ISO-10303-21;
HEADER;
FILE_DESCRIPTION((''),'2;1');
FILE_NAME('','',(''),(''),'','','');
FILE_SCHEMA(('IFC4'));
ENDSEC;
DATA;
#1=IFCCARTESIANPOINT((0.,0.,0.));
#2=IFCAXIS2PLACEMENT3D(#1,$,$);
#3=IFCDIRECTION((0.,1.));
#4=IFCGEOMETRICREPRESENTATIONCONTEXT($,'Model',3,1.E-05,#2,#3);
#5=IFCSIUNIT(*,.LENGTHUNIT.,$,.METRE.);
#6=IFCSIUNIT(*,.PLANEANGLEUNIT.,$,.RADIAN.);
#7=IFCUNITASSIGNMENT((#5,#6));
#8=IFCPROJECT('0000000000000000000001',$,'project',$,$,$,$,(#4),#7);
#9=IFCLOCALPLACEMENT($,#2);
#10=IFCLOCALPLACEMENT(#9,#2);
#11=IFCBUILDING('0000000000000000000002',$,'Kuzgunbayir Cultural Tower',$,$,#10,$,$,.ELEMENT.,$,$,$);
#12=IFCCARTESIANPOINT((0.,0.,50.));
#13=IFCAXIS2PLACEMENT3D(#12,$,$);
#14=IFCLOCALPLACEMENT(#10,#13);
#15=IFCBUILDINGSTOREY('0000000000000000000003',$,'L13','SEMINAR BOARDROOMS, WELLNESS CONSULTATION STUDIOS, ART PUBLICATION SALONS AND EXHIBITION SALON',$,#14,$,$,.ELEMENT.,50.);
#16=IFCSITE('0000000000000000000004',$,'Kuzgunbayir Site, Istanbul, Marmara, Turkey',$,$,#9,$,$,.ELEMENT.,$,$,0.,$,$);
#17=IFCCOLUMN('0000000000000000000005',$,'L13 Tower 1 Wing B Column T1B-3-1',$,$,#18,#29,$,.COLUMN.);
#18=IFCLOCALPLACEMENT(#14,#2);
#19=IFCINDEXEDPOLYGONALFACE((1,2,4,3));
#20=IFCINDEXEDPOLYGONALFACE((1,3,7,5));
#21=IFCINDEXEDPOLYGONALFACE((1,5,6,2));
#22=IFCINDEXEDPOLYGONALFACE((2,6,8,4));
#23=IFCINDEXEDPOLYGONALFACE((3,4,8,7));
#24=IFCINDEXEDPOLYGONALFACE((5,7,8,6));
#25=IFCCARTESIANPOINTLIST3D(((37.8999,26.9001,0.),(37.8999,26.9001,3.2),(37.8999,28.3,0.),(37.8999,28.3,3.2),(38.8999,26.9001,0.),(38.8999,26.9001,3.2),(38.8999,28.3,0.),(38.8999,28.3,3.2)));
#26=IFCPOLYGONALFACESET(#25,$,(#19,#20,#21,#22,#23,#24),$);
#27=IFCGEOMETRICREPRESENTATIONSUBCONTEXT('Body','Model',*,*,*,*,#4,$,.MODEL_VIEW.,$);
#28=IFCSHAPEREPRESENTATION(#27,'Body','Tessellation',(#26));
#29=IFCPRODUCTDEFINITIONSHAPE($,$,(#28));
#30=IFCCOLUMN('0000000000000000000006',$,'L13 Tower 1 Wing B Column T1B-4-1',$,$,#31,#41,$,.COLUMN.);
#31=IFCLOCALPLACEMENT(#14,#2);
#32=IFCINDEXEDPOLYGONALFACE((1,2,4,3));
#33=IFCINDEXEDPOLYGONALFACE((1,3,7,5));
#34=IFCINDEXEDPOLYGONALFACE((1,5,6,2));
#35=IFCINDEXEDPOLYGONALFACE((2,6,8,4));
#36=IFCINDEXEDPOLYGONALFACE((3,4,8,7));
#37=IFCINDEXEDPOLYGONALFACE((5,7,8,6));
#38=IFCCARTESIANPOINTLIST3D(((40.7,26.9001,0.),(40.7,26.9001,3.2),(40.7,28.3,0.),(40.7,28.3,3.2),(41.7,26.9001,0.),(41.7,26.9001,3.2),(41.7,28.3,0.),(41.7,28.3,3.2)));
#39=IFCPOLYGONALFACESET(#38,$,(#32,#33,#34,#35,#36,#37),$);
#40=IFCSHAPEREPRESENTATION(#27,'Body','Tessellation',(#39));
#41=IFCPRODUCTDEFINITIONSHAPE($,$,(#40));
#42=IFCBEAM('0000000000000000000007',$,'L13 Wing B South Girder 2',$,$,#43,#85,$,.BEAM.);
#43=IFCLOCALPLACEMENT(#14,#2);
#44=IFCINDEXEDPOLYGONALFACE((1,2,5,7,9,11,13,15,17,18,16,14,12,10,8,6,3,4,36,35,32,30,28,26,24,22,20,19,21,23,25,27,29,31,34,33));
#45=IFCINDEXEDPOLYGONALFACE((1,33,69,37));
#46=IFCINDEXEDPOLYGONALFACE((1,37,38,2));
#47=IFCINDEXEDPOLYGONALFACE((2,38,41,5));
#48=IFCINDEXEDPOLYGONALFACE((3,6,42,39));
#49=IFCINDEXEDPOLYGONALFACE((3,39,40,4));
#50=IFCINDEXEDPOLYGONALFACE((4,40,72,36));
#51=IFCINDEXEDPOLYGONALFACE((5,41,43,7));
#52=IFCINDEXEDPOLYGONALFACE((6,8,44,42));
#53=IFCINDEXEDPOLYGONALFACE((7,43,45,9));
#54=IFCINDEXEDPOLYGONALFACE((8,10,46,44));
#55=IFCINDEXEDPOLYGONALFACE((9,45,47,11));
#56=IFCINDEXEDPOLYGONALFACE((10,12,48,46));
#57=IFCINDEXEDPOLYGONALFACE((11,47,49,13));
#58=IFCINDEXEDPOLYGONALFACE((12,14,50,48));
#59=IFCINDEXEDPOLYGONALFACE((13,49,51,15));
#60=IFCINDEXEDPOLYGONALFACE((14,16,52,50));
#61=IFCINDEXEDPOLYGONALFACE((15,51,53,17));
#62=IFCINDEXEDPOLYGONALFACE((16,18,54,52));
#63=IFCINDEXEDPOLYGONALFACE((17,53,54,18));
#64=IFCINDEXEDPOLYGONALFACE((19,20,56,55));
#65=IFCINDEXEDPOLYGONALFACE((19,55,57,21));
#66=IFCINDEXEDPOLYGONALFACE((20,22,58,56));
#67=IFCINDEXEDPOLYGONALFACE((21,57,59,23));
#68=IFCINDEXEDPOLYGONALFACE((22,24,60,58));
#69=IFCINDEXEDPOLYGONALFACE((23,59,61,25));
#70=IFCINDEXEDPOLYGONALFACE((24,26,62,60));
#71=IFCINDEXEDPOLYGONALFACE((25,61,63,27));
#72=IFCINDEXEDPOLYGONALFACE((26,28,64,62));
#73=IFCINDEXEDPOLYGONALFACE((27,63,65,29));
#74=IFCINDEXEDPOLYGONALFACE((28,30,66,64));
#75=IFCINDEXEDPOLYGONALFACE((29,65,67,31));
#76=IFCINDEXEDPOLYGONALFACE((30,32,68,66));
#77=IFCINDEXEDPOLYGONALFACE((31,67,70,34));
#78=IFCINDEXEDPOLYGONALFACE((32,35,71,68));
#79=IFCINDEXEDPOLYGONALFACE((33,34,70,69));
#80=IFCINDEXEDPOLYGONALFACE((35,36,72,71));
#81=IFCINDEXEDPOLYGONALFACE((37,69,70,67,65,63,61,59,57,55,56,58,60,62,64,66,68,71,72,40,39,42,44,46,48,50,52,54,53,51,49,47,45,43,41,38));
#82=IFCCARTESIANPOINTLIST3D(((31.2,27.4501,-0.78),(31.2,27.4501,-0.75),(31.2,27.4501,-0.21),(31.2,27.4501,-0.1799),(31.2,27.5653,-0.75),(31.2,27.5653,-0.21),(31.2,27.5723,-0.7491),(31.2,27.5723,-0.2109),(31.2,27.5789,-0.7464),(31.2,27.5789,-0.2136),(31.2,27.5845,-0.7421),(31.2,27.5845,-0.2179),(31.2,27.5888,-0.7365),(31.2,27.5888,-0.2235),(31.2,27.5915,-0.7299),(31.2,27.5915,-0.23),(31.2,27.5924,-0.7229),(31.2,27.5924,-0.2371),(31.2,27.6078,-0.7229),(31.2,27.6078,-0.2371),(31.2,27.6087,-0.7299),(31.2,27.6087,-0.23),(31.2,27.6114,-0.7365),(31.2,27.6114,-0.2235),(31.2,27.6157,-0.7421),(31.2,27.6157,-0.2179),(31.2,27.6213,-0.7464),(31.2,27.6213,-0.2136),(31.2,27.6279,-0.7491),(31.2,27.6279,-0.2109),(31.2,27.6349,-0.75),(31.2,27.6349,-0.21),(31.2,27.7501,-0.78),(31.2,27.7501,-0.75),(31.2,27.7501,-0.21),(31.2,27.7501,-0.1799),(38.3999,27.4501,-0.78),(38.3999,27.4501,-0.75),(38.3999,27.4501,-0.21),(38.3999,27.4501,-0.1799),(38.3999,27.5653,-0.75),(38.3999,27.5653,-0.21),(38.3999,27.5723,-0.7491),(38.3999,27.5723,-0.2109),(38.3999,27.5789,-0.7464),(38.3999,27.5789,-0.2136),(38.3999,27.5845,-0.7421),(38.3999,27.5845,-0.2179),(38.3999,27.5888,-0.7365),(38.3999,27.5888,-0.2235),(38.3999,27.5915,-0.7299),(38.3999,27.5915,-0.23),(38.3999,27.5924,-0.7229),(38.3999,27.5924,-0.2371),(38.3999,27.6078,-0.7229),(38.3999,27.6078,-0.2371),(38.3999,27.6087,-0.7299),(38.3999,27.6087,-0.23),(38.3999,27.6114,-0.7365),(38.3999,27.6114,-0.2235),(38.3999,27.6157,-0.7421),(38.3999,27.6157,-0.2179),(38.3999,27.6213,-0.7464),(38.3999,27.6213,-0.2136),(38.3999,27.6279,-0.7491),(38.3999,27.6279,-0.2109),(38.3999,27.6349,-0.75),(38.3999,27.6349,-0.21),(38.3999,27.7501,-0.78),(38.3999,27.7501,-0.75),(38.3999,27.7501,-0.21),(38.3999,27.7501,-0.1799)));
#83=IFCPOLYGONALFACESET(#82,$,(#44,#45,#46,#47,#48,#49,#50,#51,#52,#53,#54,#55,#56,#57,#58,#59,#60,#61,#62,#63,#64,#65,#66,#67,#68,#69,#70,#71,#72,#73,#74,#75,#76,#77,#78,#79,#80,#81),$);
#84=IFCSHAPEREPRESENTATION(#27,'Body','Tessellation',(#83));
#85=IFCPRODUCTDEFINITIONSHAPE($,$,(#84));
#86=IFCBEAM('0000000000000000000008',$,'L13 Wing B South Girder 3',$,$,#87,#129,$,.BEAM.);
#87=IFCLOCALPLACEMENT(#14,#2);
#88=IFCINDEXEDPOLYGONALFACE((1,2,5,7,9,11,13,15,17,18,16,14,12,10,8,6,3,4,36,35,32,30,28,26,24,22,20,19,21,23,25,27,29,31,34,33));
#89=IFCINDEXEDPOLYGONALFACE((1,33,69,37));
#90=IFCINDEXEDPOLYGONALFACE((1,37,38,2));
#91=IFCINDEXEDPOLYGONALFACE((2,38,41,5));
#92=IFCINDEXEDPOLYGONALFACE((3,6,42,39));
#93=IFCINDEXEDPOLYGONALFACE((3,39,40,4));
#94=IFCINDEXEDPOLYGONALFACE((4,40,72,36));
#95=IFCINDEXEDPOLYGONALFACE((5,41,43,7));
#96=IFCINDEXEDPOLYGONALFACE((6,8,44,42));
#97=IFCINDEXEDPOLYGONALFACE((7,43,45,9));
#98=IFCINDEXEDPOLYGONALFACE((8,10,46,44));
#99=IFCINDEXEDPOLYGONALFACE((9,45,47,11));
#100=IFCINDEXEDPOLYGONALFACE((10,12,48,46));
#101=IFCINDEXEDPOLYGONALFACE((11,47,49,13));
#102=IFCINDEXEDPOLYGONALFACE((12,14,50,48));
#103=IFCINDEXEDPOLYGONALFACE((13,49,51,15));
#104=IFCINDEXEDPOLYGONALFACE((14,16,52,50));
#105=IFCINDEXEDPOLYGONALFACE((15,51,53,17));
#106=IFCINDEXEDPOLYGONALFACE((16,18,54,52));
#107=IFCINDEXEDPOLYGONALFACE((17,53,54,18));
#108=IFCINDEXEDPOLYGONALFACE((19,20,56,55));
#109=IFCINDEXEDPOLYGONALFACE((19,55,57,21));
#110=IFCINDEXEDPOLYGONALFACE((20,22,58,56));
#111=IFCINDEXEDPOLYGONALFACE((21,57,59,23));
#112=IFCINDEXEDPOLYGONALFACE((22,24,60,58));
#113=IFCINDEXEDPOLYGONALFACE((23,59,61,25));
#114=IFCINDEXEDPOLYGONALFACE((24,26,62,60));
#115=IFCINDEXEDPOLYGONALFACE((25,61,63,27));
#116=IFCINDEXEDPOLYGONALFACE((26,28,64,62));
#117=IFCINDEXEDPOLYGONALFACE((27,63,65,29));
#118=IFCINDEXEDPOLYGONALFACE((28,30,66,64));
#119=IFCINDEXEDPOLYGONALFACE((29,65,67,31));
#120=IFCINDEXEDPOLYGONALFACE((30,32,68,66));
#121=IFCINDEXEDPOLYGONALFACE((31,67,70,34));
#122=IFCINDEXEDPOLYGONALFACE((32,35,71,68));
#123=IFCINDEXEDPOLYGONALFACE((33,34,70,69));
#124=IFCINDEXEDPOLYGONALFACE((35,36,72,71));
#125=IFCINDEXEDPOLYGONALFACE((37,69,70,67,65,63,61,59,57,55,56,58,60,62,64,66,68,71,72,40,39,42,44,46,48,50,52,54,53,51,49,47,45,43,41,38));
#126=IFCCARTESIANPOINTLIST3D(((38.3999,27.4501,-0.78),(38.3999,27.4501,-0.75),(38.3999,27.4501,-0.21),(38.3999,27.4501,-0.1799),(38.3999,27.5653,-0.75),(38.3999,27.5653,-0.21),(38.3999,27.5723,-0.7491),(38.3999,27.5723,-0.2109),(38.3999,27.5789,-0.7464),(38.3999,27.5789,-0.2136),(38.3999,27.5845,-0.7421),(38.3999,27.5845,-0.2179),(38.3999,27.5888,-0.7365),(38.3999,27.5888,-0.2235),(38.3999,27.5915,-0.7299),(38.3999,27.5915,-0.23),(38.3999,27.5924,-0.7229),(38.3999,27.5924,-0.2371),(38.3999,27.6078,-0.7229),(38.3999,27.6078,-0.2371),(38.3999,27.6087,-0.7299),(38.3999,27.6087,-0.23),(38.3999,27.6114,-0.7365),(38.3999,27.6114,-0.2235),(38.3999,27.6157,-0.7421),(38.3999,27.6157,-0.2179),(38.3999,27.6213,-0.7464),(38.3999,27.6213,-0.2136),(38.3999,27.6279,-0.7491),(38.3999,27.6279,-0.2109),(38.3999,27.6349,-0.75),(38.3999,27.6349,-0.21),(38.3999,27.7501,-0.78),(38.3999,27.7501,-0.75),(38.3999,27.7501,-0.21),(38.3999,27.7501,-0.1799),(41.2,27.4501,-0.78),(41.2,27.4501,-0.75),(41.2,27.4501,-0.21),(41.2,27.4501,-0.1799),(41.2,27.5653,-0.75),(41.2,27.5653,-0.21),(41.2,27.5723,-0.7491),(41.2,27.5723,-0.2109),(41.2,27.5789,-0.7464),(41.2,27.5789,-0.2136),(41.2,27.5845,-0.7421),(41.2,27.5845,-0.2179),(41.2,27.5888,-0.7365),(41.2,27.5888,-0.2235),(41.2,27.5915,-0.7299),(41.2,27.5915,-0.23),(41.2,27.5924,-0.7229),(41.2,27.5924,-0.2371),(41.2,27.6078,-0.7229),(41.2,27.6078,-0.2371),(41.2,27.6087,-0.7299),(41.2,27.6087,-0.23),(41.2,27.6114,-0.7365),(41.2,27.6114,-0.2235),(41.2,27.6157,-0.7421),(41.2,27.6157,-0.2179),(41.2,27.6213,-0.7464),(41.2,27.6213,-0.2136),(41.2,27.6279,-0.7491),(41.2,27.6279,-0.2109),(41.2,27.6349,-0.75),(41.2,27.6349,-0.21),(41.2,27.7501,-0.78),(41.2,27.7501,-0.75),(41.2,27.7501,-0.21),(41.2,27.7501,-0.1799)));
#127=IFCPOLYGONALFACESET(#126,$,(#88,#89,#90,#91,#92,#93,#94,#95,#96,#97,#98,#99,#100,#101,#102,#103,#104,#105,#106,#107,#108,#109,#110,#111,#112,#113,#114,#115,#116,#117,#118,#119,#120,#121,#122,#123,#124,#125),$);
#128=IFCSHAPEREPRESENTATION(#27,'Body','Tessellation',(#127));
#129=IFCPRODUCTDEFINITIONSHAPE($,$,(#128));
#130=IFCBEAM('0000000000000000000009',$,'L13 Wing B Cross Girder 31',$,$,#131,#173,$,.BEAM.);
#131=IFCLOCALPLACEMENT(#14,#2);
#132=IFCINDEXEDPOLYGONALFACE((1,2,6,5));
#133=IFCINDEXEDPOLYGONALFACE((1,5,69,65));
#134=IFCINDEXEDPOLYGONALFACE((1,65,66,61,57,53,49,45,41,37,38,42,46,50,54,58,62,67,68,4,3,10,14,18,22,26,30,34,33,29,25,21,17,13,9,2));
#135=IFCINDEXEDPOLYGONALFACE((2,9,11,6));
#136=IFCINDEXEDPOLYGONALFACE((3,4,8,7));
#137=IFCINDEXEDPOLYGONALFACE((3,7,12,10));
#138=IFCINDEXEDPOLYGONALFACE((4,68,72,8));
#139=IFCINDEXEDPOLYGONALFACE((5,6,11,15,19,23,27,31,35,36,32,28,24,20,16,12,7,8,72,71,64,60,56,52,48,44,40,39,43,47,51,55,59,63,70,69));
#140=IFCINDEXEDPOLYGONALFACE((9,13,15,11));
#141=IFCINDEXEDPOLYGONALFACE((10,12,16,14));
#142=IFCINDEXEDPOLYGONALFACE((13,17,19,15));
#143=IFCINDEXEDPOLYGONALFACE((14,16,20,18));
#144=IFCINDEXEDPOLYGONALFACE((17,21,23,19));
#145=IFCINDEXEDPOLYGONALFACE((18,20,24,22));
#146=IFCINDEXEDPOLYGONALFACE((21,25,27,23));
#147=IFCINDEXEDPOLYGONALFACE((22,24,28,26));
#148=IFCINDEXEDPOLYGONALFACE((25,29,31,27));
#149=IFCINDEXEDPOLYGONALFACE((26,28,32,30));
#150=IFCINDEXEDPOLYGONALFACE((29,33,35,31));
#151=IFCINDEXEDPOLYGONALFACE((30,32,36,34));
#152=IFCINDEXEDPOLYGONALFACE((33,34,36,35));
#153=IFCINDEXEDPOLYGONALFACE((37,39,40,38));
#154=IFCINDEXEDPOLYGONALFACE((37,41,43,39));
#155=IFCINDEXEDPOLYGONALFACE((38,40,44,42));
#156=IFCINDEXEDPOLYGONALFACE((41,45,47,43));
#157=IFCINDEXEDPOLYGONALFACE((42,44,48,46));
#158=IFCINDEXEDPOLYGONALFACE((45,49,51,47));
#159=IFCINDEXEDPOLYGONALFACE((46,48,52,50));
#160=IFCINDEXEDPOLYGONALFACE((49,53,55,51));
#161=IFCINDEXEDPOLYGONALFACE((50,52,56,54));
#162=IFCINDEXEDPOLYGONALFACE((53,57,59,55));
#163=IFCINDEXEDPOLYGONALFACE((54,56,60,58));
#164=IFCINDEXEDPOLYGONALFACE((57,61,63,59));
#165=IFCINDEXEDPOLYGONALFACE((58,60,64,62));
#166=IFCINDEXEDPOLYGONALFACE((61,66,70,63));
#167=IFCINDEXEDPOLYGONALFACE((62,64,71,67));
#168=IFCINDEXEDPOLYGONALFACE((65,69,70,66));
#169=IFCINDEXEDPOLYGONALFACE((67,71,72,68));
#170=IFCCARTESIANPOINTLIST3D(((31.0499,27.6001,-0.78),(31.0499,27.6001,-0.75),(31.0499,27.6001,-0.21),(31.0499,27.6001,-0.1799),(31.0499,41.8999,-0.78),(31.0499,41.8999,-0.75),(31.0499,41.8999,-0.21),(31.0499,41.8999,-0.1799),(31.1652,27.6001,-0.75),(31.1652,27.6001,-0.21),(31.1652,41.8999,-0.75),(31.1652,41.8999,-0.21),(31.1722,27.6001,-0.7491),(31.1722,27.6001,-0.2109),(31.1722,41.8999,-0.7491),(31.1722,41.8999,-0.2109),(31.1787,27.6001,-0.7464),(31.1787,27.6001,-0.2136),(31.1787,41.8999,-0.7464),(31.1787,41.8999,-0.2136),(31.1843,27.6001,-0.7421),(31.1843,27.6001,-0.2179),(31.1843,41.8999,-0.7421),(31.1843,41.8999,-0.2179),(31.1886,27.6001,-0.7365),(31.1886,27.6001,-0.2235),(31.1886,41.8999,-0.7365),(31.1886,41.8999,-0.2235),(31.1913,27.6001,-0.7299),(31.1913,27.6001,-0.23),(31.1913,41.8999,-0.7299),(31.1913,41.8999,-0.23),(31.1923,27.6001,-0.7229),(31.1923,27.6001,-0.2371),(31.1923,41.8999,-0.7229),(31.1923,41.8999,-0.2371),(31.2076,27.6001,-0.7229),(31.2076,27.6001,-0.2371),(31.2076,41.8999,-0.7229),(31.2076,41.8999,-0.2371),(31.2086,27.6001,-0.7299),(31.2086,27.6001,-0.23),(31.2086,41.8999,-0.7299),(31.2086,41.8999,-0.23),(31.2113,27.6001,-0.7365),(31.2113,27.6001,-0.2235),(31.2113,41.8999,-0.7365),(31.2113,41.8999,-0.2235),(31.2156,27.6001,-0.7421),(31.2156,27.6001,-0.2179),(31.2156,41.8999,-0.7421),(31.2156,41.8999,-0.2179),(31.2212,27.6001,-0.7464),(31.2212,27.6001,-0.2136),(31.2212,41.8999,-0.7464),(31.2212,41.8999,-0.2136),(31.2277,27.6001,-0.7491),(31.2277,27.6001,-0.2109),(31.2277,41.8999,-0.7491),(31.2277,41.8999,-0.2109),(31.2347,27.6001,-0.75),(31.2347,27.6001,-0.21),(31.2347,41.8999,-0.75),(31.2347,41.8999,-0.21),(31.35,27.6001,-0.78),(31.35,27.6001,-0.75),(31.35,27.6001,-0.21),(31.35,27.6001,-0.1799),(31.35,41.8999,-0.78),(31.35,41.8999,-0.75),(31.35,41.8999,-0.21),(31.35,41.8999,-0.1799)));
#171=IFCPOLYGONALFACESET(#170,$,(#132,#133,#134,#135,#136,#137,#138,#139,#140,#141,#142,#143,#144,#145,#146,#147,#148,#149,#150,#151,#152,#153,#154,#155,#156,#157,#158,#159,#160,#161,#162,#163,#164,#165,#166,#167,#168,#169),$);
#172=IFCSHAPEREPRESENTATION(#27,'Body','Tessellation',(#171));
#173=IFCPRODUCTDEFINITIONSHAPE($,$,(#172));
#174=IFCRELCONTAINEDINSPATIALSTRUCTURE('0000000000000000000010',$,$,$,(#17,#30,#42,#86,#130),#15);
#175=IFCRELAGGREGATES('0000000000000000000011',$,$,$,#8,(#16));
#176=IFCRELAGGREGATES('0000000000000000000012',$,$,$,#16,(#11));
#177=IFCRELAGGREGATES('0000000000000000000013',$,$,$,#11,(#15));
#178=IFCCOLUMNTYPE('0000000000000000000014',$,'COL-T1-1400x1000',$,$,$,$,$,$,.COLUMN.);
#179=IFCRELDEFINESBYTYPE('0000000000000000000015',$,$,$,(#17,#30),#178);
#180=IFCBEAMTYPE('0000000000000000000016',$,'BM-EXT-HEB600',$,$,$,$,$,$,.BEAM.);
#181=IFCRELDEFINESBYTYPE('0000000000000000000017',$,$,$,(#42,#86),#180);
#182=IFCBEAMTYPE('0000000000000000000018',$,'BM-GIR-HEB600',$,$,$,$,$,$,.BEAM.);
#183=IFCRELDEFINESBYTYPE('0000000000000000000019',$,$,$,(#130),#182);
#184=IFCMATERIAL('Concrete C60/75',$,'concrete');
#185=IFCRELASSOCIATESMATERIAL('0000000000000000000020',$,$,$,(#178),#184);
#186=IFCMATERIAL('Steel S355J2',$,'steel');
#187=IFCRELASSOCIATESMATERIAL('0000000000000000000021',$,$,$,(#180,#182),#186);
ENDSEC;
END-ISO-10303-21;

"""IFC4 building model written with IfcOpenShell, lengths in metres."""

from ifc_helpers import new_model, si_unit, direction, frame, origin, origin_2d, place, context, subcontext, project, spatial, rectangle, i_section, extrude, material, material_profile, profile_set, type_object, element, save


model = new_model("IFC4")

# Units and contexts
model_context = context("Model", 3, precision=1e-05, world=origin(), true_north=direction((0.0, 1.0)))
body_context = subcontext(model_context, "Body", "Model", "MODEL_VIEW")
ifc_project = project(units=[si_unit("LENGTHUNIT", "METRE"), si_unit("PLANEANGLEUNIT", "RADIAN")], contexts=[model_context])

# Site, building, storey
site_placement = place(None, origin())
site = spatial("IfcSite", under=ifc_project, at=site_placement, Name="Kuzgunbayir Site, Istanbul, Marmara, Turkey", CompositionType="ELEMENT", RefElevation=0.0)
building_placement = place(site_placement, origin())
building = spatial("IfcBuilding", under=site, at=building_placement, Name="Kuzgunbayir Cultural Tower", CompositionType="ELEMENT")
storey_placement = place(building_placement, frame((0.0, 0.0, 50.0)))
storey = spatial("IfcBuildingStorey", under=building, at=storey_placement, Name="L13", Description="SEMINAR BOARDROOMS, WELLNESS CONSULTATION STUDIOS, ART PUBLICATION SALONS AND EXHIBITION SALON", CompositionType="ELEMENT", Elevation=50.0)

# Columns
ifc_material_1 = material(Name="Concrete C60/75", Category="concrete")
ifc_material_profile_1 = material_profile(ifc_material_1, rectangle(XDim=1.0, YDim=1.3999, at=origin_2d()), Name="RC 1400x1000")
ifc_profile_set_1 = profile_set([ifc_material_profile_1], Name="Concrete C60/75")
column_type = type_object("IfcColumnType", Name="COL-T1-1400x1000", PredefinedType="COLUMN", material=ifc_profile_set_1)
for number, where, z_axis, x_axis, name in (
    (1, (38.3999, 27.6001, 0.0), (0.0, 0.0, 1.0), (1.0, 0.0, 0.0), "L13 Tower 1 Wing B Column T1B-3-1"),
    (2, (41.2, 27.6001, 0.0), (0.0, 0.0, 1.0), (1.0, 0.0, 0.0), "L13 Tower 1 Wing B Column T1B-4-1"),
):
    element("IfcColumn", number, at=place(storey_placement, frame(where, z_axis=z_axis, x_axis=x_axis)), inside=storey, type_object=column_type, Name=name, PredefinedType="COLUMN", context=body_context, shape_type="SweptSolid", body=[
        extrude(rectangle(XDim=1.0, YDim=1.3999, at=origin_2d()), origin(), (0.0, 0.0, 1.0), 3.2),
    ])

# Beams
ifc_material_2 = material(Name="Steel S355J2", Category="steel")
ifc_material_profile_2 = material_profile(ifc_material_2, i_section(OverallWidth=0.3, OverallDepth=0.6001, WebThickness=0.0154, FlangeThickness=0.03, FilletRadius=0.0271, at=origin_2d()), Name="HEB 600")
ifc_profile_set_2 = profile_set([ifc_material_profile_2], Name="Steel S355J2")
beam_type_1 = type_object("IfcBeamType", Name="BM-EXT-HEB600", PredefinedType="BEAM", material=ifc_profile_set_2)
beam_1_placement = place(storey_placement, frame((31.2, 27.6001, -0.48), z_axis=(1.0, 0.0, 0.0), x_axis=(0.0, 1.0, 0.0)))
element("IfcBeam", 3, at=beam_1_placement, inside=storey, type_object=beam_type_1, Name="L13 Wing B South Girder 2", PredefinedType="BEAM", context=body_context, shape_type="SweptSolid", body=[
    extrude(i_section(OverallWidth=0.3, OverallDepth=0.6001, WebThickness=0.0154, FlangeThickness=0.03, FilletRadius=0.0271, at=origin_2d()), origin(), (0.0, 0.0, 1.0), 7.2),
])
beam_2_placement = place(storey_placement, frame((38.3999, 27.6001, -0.48), z_axis=(1.0, 0.0, 0.0), x_axis=(0.0, 1.0, 0.0)))
element("IfcBeam", 4, at=beam_2_placement, inside=storey, type_object=beam_type_1, Name="L13 Wing B South Girder 3", PredefinedType="BEAM", context=body_context, shape_type="SweptSolid", body=[
    extrude(i_section(OverallWidth=0.3, OverallDepth=0.6001, WebThickness=0.0154, FlangeThickness=0.03, FilletRadius=0.0271, at=origin_2d()), origin(), (0.0, 0.0, 1.0), 2.8),
])
ifc_material_profile_3 = material_profile(ifc_material_2, i_section(OverallWidth=0.3, OverallDepth=0.6001, WebThickness=0.0154, FlangeThickness=0.03, FilletRadius=0.0271, at=origin_2d()), Name="HEB 600")
ifc_profile_set_3 = profile_set([ifc_material_profile_3], Name="Steel S355J2")
beam_type_2 = type_object("IfcBeamType", Name="BM-GIR-HEB600", PredefinedType="BEAM", material=ifc_profile_set_3)
beam_3_placement = place(storey_placement, frame((31.2, 27.6001, -0.48), z_axis=(0.0, 1.0, 0.0), x_axis=(-1.0, 0.0, 0.0)))
element("IfcBeam", 5, at=beam_3_placement, inside=storey, type_object=beam_type_2, Name="L13 Wing B Cross Girder 31", PredefinedType="BEAM", context=body_context, shape_type="SweptSolid", body=[
    extrude(i_section(OverallWidth=0.3, OverallDepth=0.6001, WebThickness=0.0154, FlangeThickness=0.03, FilletRadius=0.0271, at=origin_2d()), origin(), (0.0, 0.0, 1.0), 14.2998),
])

save(model, "model.ifc")
